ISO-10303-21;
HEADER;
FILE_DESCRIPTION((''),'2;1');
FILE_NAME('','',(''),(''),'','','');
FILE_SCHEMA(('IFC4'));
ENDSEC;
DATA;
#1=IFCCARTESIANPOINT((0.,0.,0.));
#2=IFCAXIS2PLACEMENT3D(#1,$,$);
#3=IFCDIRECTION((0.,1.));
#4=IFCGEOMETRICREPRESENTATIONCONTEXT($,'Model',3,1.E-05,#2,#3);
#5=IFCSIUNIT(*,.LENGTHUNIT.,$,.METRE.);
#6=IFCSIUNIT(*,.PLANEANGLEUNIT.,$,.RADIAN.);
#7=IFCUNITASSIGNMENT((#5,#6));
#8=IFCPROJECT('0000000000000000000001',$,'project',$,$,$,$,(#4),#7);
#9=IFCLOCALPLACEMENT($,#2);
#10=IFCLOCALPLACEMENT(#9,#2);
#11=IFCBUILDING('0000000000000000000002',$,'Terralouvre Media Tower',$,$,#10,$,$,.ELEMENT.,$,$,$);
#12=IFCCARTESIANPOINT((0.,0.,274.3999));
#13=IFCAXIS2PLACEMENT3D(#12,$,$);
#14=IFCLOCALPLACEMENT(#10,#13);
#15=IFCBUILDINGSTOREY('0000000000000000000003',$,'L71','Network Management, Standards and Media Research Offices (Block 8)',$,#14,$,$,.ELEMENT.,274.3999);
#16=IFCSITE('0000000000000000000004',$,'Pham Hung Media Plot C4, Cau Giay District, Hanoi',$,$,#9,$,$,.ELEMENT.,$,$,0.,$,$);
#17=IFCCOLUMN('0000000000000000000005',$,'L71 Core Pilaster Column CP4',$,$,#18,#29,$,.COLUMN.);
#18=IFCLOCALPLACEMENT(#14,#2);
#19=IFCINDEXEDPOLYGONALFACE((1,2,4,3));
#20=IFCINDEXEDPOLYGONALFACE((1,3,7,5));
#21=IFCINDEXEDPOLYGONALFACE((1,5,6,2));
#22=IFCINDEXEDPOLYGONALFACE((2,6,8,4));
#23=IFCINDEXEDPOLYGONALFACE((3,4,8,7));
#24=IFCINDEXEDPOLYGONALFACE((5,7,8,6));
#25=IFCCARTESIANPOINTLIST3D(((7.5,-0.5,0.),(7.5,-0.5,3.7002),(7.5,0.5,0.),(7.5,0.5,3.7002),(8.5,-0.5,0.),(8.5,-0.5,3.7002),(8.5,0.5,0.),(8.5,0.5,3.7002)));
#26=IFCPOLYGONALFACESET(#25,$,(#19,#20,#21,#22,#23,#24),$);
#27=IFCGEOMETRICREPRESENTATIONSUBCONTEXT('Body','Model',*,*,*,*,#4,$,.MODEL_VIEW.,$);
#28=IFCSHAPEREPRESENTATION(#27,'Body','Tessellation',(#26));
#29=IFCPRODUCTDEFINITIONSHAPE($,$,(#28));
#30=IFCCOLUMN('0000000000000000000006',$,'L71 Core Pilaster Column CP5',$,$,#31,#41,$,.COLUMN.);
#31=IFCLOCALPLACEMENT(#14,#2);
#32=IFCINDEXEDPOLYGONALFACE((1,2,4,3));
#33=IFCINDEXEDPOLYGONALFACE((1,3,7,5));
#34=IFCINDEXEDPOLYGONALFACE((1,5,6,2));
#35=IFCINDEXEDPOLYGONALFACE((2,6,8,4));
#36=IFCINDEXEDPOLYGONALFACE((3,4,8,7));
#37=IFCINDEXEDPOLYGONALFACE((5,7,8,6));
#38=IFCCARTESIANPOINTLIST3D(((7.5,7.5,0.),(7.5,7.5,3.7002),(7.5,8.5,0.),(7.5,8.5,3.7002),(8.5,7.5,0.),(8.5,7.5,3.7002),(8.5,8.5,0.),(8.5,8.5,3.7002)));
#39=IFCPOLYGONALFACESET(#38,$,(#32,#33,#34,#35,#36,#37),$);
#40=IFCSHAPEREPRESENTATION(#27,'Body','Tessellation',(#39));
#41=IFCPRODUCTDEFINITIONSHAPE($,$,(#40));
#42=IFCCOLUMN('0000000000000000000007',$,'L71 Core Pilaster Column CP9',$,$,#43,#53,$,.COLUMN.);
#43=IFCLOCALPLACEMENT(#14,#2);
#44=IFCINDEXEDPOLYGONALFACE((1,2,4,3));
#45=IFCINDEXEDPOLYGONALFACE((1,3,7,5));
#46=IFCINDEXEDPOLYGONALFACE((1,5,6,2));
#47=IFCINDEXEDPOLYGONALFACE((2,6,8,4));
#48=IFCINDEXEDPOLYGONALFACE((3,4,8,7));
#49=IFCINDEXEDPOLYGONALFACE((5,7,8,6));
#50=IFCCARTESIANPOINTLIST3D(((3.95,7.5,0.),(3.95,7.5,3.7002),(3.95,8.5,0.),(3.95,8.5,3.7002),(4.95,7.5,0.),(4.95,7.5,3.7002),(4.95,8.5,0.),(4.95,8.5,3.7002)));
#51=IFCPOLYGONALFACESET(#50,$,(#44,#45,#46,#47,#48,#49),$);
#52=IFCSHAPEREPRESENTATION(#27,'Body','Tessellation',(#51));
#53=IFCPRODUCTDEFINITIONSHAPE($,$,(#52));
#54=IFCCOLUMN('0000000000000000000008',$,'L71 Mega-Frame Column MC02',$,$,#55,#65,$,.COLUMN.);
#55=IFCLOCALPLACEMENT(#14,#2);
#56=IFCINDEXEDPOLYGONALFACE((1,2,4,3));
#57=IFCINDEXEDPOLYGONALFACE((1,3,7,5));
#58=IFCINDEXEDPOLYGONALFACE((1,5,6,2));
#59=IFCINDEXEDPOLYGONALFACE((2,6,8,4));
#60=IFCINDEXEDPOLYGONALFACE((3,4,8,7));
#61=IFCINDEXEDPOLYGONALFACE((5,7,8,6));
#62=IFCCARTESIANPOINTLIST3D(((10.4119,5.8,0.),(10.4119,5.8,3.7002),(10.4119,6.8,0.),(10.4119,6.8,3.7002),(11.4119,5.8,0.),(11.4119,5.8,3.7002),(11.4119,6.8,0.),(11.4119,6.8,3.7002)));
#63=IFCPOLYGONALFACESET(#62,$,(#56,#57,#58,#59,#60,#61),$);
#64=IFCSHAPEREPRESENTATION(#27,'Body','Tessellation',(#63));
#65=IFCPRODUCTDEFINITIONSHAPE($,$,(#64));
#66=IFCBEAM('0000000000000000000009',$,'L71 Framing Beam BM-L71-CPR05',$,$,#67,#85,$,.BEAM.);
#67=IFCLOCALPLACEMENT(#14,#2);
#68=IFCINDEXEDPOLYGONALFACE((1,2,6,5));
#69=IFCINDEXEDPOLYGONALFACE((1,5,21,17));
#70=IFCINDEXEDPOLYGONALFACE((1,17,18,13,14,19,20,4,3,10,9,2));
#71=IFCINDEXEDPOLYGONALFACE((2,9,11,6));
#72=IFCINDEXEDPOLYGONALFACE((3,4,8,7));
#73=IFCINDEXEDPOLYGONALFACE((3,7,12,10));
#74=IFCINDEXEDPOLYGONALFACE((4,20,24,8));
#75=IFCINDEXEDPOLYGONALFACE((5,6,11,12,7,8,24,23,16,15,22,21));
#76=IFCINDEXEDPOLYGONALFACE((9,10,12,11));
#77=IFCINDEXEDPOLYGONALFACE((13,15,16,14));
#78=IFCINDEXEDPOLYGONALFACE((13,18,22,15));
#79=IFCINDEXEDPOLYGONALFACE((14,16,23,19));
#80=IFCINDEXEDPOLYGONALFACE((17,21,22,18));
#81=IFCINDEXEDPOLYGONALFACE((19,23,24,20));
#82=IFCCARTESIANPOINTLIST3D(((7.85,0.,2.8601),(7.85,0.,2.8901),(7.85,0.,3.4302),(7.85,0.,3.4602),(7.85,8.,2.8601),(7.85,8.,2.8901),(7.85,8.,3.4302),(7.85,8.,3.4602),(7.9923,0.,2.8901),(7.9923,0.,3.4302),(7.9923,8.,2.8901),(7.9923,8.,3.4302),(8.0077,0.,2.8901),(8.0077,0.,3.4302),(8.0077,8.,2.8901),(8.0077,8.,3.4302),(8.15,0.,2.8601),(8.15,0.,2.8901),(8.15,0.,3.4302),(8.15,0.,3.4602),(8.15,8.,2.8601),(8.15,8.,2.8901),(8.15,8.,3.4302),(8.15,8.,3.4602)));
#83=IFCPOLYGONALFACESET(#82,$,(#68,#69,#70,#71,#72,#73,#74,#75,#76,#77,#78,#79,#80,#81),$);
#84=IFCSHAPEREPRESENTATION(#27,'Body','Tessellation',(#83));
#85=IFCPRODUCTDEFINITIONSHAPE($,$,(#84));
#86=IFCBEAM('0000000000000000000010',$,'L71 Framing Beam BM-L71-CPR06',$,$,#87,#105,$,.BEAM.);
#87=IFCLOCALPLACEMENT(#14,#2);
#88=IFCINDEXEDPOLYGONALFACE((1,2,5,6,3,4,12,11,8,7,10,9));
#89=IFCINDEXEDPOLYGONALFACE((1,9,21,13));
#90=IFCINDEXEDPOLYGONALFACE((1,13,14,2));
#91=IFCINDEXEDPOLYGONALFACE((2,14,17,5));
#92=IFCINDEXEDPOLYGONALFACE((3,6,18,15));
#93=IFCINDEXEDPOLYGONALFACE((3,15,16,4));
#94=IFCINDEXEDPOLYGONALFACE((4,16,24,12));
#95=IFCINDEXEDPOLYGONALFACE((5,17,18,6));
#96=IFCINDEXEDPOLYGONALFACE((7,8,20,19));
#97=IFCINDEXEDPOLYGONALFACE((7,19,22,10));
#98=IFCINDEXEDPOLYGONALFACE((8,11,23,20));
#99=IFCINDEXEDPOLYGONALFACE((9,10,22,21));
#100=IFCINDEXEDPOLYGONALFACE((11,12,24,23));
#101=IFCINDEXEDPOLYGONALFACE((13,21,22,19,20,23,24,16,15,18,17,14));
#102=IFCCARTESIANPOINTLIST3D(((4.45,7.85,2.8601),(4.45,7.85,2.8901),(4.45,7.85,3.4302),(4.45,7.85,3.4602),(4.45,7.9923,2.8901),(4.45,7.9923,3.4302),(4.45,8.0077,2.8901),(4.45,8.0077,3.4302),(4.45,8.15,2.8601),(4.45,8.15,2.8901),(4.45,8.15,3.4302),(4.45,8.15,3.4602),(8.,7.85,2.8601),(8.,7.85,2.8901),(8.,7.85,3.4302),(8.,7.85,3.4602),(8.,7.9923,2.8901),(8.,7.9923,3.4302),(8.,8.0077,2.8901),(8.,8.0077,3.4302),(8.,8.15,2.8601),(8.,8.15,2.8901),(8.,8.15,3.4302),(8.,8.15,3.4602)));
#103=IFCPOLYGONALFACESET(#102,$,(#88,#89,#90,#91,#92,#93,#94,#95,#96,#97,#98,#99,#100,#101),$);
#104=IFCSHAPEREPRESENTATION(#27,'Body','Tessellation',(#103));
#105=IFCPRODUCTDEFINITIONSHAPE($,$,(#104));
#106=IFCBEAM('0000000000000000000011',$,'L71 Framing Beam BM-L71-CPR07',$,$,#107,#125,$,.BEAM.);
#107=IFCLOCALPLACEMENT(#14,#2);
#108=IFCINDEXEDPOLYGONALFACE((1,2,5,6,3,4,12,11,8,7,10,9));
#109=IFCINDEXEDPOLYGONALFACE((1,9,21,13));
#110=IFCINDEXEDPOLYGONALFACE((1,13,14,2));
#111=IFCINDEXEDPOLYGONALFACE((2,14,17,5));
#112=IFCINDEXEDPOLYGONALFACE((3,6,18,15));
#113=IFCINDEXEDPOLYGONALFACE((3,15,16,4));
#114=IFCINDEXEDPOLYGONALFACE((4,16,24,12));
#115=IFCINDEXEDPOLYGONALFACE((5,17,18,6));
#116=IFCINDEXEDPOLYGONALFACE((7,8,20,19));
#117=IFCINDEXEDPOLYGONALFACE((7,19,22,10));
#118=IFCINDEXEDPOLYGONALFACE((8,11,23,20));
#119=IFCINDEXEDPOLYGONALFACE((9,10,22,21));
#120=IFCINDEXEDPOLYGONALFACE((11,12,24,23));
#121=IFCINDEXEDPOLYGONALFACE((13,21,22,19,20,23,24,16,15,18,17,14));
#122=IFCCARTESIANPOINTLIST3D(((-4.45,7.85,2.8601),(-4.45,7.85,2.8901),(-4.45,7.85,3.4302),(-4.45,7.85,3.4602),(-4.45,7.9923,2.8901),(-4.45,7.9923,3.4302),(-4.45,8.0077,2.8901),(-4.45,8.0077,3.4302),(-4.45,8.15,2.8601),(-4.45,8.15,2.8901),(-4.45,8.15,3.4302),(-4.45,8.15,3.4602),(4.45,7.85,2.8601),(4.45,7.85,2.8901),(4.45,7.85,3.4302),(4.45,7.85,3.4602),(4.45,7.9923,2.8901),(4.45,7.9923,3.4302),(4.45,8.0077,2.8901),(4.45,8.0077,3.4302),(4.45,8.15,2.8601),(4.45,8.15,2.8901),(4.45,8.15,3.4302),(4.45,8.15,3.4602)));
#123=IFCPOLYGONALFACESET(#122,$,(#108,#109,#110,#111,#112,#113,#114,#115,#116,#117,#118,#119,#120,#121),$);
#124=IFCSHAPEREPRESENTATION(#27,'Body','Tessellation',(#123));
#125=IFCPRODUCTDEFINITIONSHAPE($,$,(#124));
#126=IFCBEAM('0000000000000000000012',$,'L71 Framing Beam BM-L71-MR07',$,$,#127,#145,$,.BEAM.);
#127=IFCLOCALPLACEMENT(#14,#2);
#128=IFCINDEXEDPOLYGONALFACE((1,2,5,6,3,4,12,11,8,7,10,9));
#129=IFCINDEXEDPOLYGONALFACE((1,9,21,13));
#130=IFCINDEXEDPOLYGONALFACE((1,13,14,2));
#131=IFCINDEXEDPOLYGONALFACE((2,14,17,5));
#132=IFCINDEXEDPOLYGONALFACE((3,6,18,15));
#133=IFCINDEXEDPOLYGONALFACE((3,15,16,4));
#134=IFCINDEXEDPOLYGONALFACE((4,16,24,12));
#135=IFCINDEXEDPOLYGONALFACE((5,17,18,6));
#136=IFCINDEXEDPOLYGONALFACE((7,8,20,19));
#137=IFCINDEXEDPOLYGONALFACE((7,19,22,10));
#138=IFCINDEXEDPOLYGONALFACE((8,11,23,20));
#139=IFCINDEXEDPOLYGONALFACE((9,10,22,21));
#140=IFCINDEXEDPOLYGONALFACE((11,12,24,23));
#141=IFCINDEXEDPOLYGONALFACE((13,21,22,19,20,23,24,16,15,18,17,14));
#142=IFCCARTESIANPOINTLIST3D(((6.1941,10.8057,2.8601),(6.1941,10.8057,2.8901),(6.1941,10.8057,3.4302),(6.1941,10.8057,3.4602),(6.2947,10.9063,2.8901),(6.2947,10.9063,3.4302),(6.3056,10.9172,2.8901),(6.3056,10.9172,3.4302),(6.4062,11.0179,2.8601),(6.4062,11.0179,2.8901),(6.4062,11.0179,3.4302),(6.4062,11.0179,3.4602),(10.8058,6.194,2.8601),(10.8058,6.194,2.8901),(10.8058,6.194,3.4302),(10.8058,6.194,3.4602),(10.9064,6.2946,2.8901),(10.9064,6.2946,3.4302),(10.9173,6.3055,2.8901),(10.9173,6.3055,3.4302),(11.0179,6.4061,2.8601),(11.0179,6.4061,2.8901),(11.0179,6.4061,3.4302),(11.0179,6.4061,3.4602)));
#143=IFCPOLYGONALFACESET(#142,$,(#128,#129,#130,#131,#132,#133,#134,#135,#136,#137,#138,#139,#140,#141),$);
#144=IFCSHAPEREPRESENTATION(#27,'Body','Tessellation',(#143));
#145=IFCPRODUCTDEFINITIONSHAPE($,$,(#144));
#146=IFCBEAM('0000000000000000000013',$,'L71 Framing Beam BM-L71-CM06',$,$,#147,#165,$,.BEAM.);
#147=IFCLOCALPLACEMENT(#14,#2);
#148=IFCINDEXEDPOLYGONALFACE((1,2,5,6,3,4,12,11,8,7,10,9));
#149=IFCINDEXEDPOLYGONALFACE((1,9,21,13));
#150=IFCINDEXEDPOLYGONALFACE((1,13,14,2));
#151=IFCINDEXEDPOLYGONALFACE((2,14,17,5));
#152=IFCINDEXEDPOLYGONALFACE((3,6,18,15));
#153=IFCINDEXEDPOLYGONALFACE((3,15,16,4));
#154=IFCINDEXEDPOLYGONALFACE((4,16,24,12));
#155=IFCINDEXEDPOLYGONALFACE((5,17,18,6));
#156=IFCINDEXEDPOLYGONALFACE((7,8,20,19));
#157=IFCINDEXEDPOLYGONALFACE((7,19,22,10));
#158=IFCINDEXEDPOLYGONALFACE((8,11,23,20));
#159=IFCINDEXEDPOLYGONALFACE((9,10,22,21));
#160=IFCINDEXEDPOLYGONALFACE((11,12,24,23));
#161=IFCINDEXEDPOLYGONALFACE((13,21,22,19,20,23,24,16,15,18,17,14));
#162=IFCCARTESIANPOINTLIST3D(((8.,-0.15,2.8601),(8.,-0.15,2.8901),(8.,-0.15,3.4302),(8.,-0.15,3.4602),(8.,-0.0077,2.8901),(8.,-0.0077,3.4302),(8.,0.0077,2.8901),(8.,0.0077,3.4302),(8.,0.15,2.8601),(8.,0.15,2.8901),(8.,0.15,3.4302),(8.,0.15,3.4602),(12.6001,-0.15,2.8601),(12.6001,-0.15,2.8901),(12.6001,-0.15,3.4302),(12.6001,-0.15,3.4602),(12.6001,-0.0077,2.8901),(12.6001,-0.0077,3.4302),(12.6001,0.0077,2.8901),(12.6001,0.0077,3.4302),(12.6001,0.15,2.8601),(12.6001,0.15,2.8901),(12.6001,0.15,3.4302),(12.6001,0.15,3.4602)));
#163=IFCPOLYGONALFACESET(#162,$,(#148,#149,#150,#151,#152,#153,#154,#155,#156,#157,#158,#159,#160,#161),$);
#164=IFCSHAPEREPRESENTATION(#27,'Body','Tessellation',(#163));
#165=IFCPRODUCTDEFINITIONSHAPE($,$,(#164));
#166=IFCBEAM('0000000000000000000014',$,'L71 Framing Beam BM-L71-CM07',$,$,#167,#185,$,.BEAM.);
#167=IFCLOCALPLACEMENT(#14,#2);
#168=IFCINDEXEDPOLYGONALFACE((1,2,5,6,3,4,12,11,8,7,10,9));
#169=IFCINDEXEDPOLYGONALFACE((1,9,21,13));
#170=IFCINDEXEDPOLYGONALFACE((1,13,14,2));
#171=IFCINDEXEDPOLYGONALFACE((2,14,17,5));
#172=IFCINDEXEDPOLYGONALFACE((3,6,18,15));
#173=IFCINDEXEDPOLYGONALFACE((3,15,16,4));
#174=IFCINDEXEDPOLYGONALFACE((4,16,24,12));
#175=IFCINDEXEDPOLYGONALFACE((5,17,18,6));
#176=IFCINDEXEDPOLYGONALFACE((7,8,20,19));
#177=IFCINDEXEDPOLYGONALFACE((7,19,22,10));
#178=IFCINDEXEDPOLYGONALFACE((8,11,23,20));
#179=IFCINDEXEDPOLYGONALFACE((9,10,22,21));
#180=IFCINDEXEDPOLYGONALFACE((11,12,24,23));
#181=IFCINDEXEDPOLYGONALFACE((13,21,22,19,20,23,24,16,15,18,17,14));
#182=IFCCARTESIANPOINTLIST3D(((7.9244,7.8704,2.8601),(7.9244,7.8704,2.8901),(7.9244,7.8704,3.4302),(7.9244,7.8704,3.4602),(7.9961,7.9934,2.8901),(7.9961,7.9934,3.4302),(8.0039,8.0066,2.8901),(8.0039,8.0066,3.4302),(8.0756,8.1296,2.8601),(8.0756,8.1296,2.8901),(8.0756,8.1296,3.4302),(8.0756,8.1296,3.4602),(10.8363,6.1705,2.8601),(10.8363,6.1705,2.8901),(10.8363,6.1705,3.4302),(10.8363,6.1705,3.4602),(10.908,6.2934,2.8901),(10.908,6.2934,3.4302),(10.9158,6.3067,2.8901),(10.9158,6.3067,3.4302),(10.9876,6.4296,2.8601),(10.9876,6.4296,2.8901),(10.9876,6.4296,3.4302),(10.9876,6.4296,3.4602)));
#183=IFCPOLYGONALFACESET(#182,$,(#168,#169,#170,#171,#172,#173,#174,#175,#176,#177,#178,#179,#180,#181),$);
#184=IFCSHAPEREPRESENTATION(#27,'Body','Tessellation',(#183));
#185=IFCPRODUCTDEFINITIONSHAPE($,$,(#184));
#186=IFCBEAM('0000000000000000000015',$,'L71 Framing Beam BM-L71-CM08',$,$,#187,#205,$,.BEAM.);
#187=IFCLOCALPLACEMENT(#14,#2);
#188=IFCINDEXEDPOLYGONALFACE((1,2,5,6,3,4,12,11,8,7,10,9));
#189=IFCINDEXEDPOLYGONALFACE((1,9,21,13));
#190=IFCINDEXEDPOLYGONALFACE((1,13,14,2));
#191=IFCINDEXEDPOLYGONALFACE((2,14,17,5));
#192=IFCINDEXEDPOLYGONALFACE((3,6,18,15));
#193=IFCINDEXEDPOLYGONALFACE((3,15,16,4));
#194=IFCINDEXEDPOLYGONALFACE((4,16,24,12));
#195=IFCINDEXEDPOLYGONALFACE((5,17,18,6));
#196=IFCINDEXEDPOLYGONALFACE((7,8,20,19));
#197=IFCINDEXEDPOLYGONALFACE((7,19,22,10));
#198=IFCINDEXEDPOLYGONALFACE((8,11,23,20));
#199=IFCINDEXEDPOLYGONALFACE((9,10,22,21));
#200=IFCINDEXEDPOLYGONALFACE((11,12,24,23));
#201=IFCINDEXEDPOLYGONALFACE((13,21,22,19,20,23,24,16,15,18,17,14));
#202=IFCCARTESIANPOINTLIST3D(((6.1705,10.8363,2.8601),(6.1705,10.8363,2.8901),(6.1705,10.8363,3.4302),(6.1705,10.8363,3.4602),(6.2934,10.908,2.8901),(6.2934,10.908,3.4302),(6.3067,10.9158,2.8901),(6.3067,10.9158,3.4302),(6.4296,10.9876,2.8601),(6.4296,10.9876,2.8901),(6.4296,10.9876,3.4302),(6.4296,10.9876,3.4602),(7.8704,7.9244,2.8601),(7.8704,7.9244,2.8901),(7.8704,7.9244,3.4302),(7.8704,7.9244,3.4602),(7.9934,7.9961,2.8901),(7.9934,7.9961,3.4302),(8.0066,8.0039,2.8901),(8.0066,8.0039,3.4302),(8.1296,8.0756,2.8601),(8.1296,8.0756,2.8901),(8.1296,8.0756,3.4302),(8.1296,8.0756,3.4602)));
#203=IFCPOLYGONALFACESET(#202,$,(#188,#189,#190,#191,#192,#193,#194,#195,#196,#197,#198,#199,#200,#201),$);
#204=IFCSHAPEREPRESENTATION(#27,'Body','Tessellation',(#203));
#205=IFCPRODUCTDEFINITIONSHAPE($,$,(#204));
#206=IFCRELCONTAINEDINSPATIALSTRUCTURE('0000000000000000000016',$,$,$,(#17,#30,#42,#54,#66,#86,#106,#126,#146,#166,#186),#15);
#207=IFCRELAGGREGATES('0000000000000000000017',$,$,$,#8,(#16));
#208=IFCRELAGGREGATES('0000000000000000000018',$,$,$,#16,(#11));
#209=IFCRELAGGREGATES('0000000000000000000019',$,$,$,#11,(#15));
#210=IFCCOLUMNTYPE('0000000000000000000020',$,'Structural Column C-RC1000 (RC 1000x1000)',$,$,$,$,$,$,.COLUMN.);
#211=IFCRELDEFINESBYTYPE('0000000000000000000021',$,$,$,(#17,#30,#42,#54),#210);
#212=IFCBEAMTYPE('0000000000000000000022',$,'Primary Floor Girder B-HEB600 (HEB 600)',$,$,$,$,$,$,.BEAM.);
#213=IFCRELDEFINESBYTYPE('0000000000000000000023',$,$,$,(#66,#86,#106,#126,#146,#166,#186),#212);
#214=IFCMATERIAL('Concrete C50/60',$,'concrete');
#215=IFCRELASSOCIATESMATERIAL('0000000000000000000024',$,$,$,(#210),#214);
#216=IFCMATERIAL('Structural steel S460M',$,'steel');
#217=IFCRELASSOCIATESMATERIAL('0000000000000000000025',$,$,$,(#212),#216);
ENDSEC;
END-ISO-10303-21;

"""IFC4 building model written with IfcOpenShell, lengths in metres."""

from ifc_helpers import new_model, si_unit, direction, frame, origin, origin_2d, place, context, subcontext, project, spatial, rectangle, i_section, extrude, material, material_profile, profile_set, type_object, element, save


model = new_model("IFC4")

# Units and contexts
model_context = context("Model", 3, precision=1e-05, world=origin(), true_north=direction((0.0, 1.0)))
body_context = subcontext(model_context, "Body", "Model", "MODEL_VIEW")
ifc_project = project(units=[si_unit("LENGTHUNIT", "METRE"), si_unit("PLANEANGLEUNIT", "RADIAN")], contexts=[model_context])

# Site, building, storey
site_placement = place(None, origin())
site = spatial("IfcSite", under=ifc_project, at=site_placement, Name="Pham Hung Media Plot C4, Cau Giay District, Hanoi", CompositionType="ELEMENT", RefElevation=0.0)
building_placement = place(site_placement, origin())
building = spatial("IfcBuilding", under=site, at=building_placement, Name="Terralouvre Media Tower", CompositionType="ELEMENT")
storey_placement = place(building_placement, frame((0.0, 0.0, 274.3999)))
storey = spatial("IfcBuildingStorey", under=building, at=storey_placement, Name="L71", Description="Network Management, Standards and Media Research Offices (Block 8)", CompositionType="ELEMENT", Elevation=274.3999)

# Columns
ifc_material_1 = material(Name="Concrete C50/60", Category="concrete")
ifc_material_profile_1 = material_profile(ifc_material_1, rectangle(XDim=1.0, YDim=1.0, at=origin_2d()), Name="RC 1000x1000")
ifc_profile_set_1 = profile_set([ifc_material_profile_1], Name="Concrete C50/60")
column_type = type_object("IfcColumnType", Name="Structural Column C-RC1000 (RC 1000x1000)", PredefinedType="COLUMN", material=ifc_profile_set_1)
for number, where, z_axis, x_axis, name in (
    (1, (8.0, 0.0, 0.0), (0.0, 0.0, 1.0), (1.0, 0.0, 0.0), "L71 Core Pilaster Column CP4"),
    (2, (8.0, 8.0, 0.0), (0.0, 0.0, 1.0), (1.0, 0.0, 0.0), "L71 Core Pilaster Column CP5"),
    (3, (4.45, 8.0, 0.0), (0.0, 0.0, 1.0), (1.0, 0.0, 0.0), "L71 Core Pilaster Column CP9"),
    (4, (10.9119, 6.3, 0.0), (0.0, 0.0, 1.0), (1.0, 0.0, 0.0), "L71 Mega-Frame Column MC02"),
):
    element("IfcColumn", number, at=place(storey_placement, frame(where, z_axis=z_axis, x_axis=x_axis)), inside=storey, type_object=column_type, Name=name, PredefinedType="COLUMN", context=body_context, shape_type="SweptSolid", body=[
        extrude(rectangle(XDim=1.0, YDim=1.0, at=origin_2d()), origin(), (0.0, 0.0, 1.0), 3.7002),
    ])

# Beams
ifc_material_2 = material(Name="Structural steel S460M", Category="steel")
ifc_material_profile_2 = material_profile(ifc_material_2, i_section(OverallWidth=0.3, OverallDepth=0.6001, WebThickness=0.0154, FlangeThickness=0.03, at=origin_2d()), Name="HEB 600")
ifc_profile_set_2 = profile_set([ifc_material_profile_2], Name="Structural steel S460M")
beam_type = type_object("IfcBeamType", Name="Primary Floor Girder B-HEB600 (HEB 600)", PredefinedType="BEAM", material=ifc_profile_set_2)
beam_1_placement = place(storey_placement, frame((8.0, 0.0, 3.1602), z_axis=(0.0, 1.0, 0.0), x_axis=(-1.0, 0.0, 0.0)))
element("IfcBeam", 5, at=beam_1_placement, inside=storey, type_object=beam_type, Name="L71 Framing Beam BM-L71-CPR05", PredefinedType="BEAM", context=body_context, shape_type="SweptSolid", body=[
    extrude(i_section(OverallWidth=0.3, OverallDepth=0.6001, WebThickness=0.0154, FlangeThickness=0.03, at=origin_2d()), origin(), (0.0, 0.0, 1.0), 8.0),
])
beam_2_placement = place(storey_placement, frame((8.0, 8.0, 3.1602), z_axis=(-1.0, 0.0, 0.0), x_axis=(0.0, -1.0, 0.0)))
element("IfcBeam", 6, at=beam_2_placement, inside=storey, type_object=beam_type, Name="L71 Framing Beam BM-L71-CPR06", PredefinedType="BEAM", context=body_context, shape_type="SweptSolid", body=[
    extrude(i_section(OverallWidth=0.3, OverallDepth=0.6001, WebThickness=0.0154, FlangeThickness=0.03, at=origin_2d()), origin(), (0.0, 0.0, 1.0), 3.55),
])
beam_3_placement = place(storey_placement, frame((4.45, 8.0, 3.1602), z_axis=(-1.0, 0.0, 0.0), x_axis=(0.0, -1.0, 0.0)))
element("IfcBeam", 7, at=beam_3_placement, inside=storey, type_object=beam_type, Name="L71 Framing Beam BM-L71-CPR07", PredefinedType="BEAM", context=body_context, shape_type="SweptSolid", body=[
    extrude(i_section(OverallWidth=0.3, OverallDepth=0.6001, WebThickness=0.0154, FlangeThickness=0.03, at=origin_2d()), origin(), (0.0, 0.0, 1.0), 8.8999),
])
beam_4_placement = place(storey_placement, frame((10.9119, 6.3, 3.1602), z_axis=(-0.707107, 0.707107, 0.0), x_axis=(-0.707107, -0.707107, 0.0)))
element("IfcBeam", 8, at=beam_4_placement, inside=storey, type_object=beam_type, Name="L71 Framing Beam BM-L71-MR07", PredefinedType="BEAM", context=body_context, shape_type="SweptSolid", body=[
    extrude(i_section(OverallWidth=0.3, OverallDepth=0.6001, WebThickness=0.0154, FlangeThickness=0.03, at=origin_2d()), origin(), (0.0, 0.0, 1.0), 6.522),
])
beam_5_placement = place(storey_placement, frame((8.0, 0.0, 3.1602), z_axis=(1.0, 0.0, 0.0), x_axis=(0.0, 1.0, 0.0)))
element("IfcBeam", 9, at=beam_5_placement, inside=storey, type_object=beam_type, Name="L71 Framing Beam BM-L71-CM06", PredefinedType="BEAM", context=body_context, shape_type="SweptSolid", body=[
    extrude(i_section(OverallWidth=0.3, OverallDepth=0.6001, WebThickness=0.0154, FlangeThickness=0.03, at=origin_2d()), origin(), (0.0, 0.0, 1.0), 4.6001),
])
for number, where, z_axis, x_axis, name in (
    (10, (8.0, 8.0, 3.1602), (0.863603, -0.504173, 0.0), (0.504173, 0.863603, 0.0), "L71 Framing Beam BM-L71-CM07"),
    (11, (8.0, 8.0, 3.1602), (-0.504173, 0.863603, 0.0), (-0.863603, -0.504173, 0.0), "L71 Framing Beam BM-L71-CM08"),
):
    element("IfcBeam", number, at=place(storey_placement, frame(where, z_axis=z_axis, x_axis=x_axis)), inside=storey, type_object=beam_type, Name=name, PredefinedType="BEAM", context=body_context, shape_type="SweptSolid", body=[
        extrude(i_section(OverallWidth=0.3, OverallDepth=0.6001, WebThickness=0.0154, FlangeThickness=0.03, at=origin_2d()), origin(), (0.0, 0.0, 1.0), 3.3718),
    ])

save(model, "model.ifc")
